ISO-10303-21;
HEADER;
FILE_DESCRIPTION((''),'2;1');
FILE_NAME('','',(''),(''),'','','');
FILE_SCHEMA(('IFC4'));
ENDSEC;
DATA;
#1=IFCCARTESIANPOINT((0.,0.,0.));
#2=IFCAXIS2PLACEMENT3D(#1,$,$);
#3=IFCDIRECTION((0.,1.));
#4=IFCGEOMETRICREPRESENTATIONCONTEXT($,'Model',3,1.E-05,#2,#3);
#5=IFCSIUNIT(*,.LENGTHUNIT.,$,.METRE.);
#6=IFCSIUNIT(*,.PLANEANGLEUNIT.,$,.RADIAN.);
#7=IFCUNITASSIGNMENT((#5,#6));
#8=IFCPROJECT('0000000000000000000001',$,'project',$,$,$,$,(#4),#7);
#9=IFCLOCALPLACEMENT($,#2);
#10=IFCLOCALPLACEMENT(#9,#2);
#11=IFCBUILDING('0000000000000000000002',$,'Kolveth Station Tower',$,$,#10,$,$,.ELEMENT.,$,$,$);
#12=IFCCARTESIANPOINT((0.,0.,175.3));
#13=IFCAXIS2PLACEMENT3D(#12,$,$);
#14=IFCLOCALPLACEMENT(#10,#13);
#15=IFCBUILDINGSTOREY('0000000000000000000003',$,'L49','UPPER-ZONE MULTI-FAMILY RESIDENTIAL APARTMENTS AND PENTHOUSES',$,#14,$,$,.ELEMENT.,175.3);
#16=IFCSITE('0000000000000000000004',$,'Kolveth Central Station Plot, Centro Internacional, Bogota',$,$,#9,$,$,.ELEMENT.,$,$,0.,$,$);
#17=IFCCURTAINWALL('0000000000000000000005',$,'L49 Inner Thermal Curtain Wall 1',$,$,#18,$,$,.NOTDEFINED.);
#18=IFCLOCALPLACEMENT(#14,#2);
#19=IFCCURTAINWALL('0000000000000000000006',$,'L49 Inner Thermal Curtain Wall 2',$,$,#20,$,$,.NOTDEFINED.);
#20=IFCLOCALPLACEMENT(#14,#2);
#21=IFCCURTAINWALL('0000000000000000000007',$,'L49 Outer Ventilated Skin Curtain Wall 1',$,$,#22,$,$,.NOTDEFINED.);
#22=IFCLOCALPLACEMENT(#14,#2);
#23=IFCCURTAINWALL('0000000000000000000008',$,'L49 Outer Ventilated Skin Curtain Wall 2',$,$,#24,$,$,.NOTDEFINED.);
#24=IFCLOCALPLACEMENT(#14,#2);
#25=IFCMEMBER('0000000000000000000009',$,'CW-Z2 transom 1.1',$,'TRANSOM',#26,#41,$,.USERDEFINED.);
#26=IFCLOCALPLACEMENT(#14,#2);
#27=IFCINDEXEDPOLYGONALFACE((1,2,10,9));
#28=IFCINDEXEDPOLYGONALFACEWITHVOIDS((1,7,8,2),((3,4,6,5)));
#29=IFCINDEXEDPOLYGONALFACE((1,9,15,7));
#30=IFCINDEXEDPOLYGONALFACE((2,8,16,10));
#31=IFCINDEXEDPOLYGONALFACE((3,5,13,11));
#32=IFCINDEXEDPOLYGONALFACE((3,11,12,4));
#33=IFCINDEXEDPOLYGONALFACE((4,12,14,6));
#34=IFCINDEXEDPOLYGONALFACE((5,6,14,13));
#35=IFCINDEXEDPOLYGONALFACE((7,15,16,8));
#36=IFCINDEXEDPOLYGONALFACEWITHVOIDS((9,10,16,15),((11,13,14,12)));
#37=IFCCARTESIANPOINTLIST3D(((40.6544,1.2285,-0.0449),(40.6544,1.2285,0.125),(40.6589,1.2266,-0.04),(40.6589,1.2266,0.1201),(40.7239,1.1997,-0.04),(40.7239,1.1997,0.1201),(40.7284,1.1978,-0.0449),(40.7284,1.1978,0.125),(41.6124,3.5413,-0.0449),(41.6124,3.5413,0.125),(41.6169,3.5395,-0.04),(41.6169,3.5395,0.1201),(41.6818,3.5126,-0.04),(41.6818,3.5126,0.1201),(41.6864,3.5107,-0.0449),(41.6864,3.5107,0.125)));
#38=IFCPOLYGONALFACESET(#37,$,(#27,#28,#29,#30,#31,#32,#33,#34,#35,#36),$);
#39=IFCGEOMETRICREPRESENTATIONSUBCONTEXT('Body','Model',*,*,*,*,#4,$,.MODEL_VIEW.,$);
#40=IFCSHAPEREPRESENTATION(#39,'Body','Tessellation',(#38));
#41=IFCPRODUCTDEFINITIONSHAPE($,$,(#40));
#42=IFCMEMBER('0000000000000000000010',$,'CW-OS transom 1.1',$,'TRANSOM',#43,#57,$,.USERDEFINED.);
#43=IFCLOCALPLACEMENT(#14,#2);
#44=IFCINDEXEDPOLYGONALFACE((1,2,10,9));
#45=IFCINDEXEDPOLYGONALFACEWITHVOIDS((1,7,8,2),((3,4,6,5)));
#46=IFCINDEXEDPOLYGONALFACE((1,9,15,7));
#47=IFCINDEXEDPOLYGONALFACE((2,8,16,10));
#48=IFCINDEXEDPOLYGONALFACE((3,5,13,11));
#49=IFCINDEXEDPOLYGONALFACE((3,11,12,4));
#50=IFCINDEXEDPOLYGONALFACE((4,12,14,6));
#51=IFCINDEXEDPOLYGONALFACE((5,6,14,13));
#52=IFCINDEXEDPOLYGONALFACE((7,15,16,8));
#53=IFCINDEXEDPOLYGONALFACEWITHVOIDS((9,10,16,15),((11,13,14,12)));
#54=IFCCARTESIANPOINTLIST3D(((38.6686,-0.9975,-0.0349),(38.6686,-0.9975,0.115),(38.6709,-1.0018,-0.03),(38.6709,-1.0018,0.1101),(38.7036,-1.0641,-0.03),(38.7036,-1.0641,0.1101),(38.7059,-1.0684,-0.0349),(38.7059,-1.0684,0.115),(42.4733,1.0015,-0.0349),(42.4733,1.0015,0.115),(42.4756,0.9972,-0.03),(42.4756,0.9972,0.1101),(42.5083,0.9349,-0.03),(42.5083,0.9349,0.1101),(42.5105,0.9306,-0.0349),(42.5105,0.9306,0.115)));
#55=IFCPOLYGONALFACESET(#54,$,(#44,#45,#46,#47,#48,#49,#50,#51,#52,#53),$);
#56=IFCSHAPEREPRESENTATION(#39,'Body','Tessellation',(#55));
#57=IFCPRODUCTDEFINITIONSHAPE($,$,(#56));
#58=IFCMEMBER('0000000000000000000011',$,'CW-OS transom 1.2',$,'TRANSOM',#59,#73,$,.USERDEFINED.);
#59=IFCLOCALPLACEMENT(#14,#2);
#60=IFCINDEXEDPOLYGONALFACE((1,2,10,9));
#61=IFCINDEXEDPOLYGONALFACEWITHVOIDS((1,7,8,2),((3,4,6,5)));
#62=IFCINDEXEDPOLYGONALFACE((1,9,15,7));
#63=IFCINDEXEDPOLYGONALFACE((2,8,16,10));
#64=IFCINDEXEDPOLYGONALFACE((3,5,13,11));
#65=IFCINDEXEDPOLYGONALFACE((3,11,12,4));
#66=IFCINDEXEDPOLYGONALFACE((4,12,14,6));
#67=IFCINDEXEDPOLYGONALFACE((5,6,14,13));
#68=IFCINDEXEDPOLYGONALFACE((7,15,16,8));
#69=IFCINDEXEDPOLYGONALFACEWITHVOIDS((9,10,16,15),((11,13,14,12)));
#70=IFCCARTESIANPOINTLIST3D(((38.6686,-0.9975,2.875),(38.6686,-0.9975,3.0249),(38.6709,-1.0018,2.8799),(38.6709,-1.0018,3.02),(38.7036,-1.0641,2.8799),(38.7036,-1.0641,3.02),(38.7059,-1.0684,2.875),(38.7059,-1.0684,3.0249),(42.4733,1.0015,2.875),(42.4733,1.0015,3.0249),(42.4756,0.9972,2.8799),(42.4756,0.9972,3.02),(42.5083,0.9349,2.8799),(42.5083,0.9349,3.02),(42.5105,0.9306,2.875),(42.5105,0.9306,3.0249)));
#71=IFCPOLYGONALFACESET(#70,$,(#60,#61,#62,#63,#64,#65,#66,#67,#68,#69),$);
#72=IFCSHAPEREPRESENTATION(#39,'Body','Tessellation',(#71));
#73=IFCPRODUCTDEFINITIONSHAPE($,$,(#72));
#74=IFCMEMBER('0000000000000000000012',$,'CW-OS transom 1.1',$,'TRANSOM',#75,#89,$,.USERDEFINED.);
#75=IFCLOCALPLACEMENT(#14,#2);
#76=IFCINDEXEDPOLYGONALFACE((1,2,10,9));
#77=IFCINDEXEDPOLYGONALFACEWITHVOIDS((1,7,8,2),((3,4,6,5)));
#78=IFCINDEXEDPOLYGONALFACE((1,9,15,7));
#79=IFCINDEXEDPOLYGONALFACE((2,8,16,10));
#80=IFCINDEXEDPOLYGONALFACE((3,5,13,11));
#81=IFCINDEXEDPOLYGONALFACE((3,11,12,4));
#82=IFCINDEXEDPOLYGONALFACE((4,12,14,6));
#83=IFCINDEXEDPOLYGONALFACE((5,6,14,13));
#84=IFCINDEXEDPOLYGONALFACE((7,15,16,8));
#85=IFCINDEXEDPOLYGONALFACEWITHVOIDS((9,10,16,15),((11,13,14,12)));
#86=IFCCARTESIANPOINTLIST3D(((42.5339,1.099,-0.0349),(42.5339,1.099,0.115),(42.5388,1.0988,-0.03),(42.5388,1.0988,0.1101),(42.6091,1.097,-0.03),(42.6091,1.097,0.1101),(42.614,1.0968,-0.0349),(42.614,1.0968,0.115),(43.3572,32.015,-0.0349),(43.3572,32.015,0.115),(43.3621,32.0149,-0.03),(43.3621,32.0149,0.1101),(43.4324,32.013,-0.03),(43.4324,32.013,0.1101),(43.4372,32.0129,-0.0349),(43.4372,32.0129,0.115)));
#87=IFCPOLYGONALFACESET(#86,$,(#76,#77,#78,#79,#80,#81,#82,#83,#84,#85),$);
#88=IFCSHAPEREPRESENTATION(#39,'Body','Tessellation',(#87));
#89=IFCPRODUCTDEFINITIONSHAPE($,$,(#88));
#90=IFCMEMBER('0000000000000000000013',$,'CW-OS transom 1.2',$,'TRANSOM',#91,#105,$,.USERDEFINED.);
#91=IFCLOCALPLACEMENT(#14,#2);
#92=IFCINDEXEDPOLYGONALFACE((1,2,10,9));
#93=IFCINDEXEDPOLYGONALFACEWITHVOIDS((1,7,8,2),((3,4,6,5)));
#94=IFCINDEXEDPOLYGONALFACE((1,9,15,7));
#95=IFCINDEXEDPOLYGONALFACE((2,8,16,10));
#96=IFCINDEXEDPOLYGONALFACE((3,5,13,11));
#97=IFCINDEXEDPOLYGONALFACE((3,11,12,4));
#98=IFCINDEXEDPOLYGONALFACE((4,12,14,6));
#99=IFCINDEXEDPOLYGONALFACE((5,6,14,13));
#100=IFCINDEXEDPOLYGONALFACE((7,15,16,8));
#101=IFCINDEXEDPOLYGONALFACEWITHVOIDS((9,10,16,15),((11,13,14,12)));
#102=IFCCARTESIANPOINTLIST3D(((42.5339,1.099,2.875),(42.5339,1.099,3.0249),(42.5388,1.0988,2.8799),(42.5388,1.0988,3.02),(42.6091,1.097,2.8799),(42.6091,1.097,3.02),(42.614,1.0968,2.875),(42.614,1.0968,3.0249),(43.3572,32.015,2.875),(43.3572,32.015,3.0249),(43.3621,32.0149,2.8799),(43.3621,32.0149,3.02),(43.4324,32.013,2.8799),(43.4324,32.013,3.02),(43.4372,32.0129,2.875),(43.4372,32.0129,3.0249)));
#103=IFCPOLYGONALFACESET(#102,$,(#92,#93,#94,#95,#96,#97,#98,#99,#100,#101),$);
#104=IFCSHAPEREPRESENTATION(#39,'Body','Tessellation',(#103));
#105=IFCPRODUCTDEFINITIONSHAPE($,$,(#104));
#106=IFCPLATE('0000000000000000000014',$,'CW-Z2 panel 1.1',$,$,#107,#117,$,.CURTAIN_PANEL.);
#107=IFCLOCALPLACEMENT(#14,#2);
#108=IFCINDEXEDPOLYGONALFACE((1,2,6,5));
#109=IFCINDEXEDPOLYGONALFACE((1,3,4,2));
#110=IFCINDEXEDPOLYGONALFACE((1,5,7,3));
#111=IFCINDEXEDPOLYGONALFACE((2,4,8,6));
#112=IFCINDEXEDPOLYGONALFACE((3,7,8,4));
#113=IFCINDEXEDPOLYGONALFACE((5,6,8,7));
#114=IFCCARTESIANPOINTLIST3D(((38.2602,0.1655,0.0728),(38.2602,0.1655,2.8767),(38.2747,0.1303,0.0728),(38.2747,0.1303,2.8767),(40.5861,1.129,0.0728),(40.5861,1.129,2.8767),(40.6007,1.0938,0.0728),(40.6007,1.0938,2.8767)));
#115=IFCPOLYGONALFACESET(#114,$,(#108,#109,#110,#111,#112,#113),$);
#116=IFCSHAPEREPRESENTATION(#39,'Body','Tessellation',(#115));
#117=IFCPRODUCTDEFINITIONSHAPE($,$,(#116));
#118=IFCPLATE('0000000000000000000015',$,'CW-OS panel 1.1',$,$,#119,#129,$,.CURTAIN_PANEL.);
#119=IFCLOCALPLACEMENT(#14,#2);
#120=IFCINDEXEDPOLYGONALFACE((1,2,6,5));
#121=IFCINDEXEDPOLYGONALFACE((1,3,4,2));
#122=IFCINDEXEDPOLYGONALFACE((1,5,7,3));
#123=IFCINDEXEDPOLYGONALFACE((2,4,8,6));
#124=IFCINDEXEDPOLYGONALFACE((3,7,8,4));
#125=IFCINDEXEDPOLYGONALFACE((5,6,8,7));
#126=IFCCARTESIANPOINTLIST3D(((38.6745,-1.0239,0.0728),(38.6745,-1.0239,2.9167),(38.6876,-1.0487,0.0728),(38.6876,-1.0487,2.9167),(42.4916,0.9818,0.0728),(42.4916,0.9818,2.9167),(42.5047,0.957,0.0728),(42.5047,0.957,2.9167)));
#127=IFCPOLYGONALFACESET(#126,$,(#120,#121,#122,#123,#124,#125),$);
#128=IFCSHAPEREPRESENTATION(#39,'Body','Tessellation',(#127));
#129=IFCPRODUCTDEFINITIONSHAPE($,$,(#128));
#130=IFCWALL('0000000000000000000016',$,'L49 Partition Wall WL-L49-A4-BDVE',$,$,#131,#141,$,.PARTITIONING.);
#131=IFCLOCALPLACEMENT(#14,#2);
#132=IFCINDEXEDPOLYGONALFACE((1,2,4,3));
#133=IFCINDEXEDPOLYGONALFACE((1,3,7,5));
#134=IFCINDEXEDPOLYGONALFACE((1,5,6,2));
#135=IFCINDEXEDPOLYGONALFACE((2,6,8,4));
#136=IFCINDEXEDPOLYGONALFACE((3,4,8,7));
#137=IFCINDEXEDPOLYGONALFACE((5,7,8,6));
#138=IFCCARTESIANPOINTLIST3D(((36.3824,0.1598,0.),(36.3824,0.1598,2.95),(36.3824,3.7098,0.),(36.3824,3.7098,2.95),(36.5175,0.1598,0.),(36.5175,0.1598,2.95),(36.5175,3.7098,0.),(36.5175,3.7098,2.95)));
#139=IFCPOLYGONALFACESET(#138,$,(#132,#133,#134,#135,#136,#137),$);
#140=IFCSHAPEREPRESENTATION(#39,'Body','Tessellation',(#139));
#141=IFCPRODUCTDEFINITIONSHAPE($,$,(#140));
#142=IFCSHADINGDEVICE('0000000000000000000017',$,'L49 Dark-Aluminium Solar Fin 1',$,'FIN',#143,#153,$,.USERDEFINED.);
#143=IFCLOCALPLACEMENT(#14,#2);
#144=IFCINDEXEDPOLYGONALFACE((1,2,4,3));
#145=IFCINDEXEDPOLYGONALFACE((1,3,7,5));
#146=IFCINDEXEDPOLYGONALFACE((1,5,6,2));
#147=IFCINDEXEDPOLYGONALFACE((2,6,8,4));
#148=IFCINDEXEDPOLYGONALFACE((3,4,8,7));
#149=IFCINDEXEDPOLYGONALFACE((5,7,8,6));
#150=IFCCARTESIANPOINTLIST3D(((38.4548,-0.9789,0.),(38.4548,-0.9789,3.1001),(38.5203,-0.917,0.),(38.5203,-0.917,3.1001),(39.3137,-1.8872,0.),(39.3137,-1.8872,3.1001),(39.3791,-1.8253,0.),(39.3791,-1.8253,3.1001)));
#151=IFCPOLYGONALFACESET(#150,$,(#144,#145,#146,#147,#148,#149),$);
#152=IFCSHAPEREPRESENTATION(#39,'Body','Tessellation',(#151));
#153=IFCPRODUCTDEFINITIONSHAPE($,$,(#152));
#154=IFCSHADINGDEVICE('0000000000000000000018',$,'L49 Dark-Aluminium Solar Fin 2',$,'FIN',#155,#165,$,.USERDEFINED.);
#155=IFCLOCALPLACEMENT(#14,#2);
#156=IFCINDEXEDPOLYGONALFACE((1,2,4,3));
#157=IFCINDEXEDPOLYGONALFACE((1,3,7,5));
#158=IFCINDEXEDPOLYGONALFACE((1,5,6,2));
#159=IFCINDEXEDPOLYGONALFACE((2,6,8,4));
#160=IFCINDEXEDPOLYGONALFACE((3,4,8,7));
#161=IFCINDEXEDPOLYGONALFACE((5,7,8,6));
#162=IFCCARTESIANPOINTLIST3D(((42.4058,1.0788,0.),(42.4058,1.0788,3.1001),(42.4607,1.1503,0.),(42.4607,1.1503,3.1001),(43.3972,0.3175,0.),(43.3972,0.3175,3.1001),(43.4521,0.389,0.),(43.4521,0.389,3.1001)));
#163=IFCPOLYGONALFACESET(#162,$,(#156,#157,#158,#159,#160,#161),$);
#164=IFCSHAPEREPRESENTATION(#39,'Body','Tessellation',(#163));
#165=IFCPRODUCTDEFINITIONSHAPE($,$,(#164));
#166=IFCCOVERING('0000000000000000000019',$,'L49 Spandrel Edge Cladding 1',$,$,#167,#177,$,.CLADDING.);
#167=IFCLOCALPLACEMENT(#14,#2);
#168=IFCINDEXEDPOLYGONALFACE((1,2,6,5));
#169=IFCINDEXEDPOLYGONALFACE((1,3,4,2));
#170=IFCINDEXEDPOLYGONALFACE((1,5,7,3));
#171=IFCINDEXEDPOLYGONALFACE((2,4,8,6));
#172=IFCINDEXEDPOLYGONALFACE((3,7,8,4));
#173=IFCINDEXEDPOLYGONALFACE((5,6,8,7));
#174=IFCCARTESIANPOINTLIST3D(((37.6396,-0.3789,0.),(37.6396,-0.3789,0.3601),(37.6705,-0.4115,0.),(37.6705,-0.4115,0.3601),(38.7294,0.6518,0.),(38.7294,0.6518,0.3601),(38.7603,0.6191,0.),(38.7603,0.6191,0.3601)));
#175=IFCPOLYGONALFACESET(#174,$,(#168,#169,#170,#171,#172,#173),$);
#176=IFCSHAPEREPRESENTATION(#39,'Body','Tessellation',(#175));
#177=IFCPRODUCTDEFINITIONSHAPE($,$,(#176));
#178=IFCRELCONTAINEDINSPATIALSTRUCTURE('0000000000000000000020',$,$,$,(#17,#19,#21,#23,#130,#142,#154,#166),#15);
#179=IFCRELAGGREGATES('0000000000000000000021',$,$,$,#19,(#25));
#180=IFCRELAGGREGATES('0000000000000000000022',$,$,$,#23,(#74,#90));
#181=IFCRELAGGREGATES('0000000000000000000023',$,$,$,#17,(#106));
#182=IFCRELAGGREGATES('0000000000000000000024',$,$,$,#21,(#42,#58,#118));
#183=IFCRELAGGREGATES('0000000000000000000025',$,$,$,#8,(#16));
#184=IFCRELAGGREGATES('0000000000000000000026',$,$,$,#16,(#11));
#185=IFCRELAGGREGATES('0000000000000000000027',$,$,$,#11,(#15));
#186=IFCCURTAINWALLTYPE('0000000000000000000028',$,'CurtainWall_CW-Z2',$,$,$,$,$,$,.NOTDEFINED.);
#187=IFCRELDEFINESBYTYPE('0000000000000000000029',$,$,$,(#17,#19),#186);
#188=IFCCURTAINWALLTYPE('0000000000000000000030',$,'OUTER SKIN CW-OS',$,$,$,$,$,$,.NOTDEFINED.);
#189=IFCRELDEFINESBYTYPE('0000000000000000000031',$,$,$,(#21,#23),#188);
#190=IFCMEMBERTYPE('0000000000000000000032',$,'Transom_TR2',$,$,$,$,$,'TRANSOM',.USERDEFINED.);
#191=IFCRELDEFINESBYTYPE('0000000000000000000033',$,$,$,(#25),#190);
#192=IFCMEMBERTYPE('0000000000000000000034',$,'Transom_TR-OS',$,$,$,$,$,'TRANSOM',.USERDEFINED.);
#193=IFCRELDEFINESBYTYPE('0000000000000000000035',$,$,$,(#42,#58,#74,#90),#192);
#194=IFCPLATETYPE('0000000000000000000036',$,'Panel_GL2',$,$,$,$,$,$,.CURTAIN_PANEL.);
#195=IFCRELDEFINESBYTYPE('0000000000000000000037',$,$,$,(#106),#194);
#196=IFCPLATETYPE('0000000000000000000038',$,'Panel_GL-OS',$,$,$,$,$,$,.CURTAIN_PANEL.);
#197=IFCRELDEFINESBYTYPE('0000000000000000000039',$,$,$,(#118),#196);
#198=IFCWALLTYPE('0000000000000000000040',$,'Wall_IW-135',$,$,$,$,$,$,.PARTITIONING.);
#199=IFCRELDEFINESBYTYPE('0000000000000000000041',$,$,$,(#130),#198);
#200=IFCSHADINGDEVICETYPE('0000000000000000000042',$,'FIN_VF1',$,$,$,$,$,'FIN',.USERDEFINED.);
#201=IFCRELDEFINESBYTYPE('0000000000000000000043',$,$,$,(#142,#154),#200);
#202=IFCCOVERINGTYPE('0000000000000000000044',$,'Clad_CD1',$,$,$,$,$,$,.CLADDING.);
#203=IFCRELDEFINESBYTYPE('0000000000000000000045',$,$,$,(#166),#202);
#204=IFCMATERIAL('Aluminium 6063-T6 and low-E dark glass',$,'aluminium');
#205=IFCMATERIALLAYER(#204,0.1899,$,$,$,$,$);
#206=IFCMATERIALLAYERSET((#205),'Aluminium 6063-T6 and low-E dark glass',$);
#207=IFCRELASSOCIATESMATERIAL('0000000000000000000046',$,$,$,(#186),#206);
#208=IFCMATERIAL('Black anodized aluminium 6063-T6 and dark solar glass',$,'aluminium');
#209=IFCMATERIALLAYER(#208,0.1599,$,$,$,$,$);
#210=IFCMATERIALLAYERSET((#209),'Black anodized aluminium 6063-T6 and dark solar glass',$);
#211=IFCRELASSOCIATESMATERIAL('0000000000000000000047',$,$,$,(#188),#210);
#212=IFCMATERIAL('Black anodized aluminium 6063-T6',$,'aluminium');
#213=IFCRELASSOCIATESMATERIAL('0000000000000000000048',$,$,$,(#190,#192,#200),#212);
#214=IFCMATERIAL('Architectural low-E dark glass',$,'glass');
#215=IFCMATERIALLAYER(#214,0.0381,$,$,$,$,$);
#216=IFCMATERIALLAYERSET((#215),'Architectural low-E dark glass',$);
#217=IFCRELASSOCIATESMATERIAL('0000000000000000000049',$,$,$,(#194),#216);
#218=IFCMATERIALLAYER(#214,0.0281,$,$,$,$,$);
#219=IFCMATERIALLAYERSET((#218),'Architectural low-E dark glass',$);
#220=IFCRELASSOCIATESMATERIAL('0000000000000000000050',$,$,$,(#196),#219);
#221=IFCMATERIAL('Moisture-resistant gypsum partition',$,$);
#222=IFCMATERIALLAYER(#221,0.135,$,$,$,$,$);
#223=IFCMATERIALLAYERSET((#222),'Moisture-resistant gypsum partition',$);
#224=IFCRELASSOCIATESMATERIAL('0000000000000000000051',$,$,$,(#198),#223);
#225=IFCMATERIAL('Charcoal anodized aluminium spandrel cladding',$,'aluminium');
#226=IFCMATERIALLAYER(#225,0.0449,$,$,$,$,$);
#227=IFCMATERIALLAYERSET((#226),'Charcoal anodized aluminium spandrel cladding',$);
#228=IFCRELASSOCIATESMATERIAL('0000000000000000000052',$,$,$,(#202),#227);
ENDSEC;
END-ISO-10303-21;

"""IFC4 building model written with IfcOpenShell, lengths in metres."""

from ifc_helpers import new_model, si_unit, direction, frame, frame_2d, origin, origin_2d, place, context, subcontext, project, spatial, rectangle, hollow_rectangle, extrude, source, transform, mapped, material, layer, layer_set, material_profile, profile_set, type_object, element, aggregate, save


model = new_model("IFC4")

# Units and contexts
model_context = context("Model", 3, precision=1e-05, world=origin(), true_north=direction((0.0, 1.0)))
body_context = subcontext(model_context, "Body", "Model", "MODEL_VIEW")
ifc_project = project(units=[si_unit("LENGTHUNIT", "METRE"), si_unit("PLANEANGLEUNIT", "RADIAN")], contexts=[model_context])

# Site, building, storey
site_placement = place(None, origin())
site = spatial("IfcSite", under=ifc_project, at=site_placement, Name="Kolveth Central Station Plot, Centro Internacional, Bogota", CompositionType="ELEMENT", RefElevation=0.0)
building_placement = place(site_placement, origin())
building = spatial("IfcBuilding", under=site, at=building_placement, Name="Kolveth Station Tower", CompositionType="ELEMENT")
storey_placement = place(building_placement, frame((0.0, 0.0, 175.3)))
storey = spatial("IfcBuildingStorey", under=building, at=storey_placement, Name="L49", Description="UPPER-ZONE MULTI-FAMILY RESIDENTIAL APARTMENTS AND PENTHOUSES", CompositionType="ELEMENT", Elevation=175.3)

# Curtain wall
ifc_material_1 = material(Name="Aluminium 6063-T6 and low-E dark glass", Category="aluminium")
ifc_layer_1 = layer(ifc_material_1, 0.1899)
ifc_layer_set_1 = layer_set([ifc_layer_1], Name="Aluminium 6063-T6 and low-E dark glass")
curtain_wall_type_1 = type_object("IfcCurtainWallType", Name="CurtainWall_CW-Z2", PredefinedType="NOTDEFINED", material=ifc_layer_set_1)
curtain_wall_1_placement = place(storey_placement, origin())
curtain_wall_1 = element("IfcCurtainWall", 1, at=curtain_wall_1_placement, inside=storey, type_object=curtain_wall_type_1, Name="L49 Inner Thermal Curtain Wall 1", PredefinedType="NOTDEFINED")
ifc_material_2 = material(Name="Black anodized aluminium 6063-T6", Category="aluminium")

# Curtain wall
curtain_wall_2_placement = place(storey_placement, origin())
curtain_wall_2 = element("IfcCurtainWall", 2, at=curtain_wall_2_placement, inside=storey, type_object=curtain_wall_type_1, Name="L49 Inner Thermal Curtain Wall 2", PredefinedType="NOTDEFINED")

# Curtain wall
ifc_material_3 = material(Name="Black anodized aluminium 6063-T6 and dark solar glass", Category="aluminium")
ifc_layer_2 = layer(ifc_material_3, 0.1599)
ifc_layer_set_2 = layer_set([ifc_layer_2], Name="Black anodized aluminium 6063-T6 and dark solar glass")
curtain_wall_type_2 = type_object("IfcCurtainWallType", Name="OUTER SKIN CW-OS", PredefinedType="NOTDEFINED", material=ifc_layer_set_2)
curtain_wall_3_placement = place(storey_placement, origin())
curtain_wall_3 = element("IfcCurtainWall", 3, at=curtain_wall_3_placement, inside=storey, type_object=curtain_wall_type_2, Name="L49 Outer Ventilated Skin Curtain Wall 1", PredefinedType="NOTDEFINED")

# Curtain wall
curtain_wall_4_placement = place(storey_placement, origin())
curtain_wall_4 = element("IfcCurtainWall", 4, at=curtain_wall_4_placement, inside=storey, type_object=curtain_wall_type_2, Name="L49 Outer Ventilated Skin Curtain Wall 2", PredefinedType="NOTDEFINED")

# Members
ifc_material_profile_1 = material_profile(ifc_material_2, hollow_rectangle(XDim=0.0801, YDim=0.1699, WallThickness=0.0049, at=origin_2d()), Name="ALU-80x170x5")
ifc_profile_set_1 = profile_set([ifc_material_profile_1], Name="Black anodized aluminium 6063-T6")
member_type_1 = type_object("IfcMemberType", Name="Transom_TR2", ElementType="TRANSOM", PredefinedType="USERDEFINED", material=ifc_profile_set_1)
shared_shape_1 = source(origin(), body_context, "Body", "SweptSolid", [
    extrude(hollow_rectangle(XDim=0.0801, YDim=0.1699, WallThickness=0.0049, at=origin_2d()), origin(), (0.0, 0.0, 1.0), 2.5034),
])
member_1_placement = place(storey_placement, frame((40.6914, 1.2131, 0.04), z_axis=(0.382662, 0.923888, 0.0), x_axis=(-0.923888, 0.382662, 0.0)))
member_1 = element("IfcMember", 5, at=member_1_placement, type_object=member_type_1, Name="CW-Z2 transom 1.1", ObjectType="TRANSOM", PredefinedType="USERDEFINED", context=body_context, shape_type="MappedRepresentation", body=[
    mapped(shared_shape_1, transform((0.0, 0.0, 0.0), x_axis=(1.0, 0.0, 0.0), y_axis=(0.0, 1.0, 0.0), z_axis=(0.0, 0.0, 1.0), scale=1.0)),
])
aggregate(curtain_wall_2, [member_1])
ifc_material_profile_2 = material_profile(ifc_material_2, hollow_rectangle(XDim=0.0801, YDim=0.1499, WallThickness=0.0049, at=origin_2d()), Name="ALU-80x150x5")
ifc_profile_set_2 = profile_set([ifc_material_profile_2], Name="Black anodized aluminium 6063-T6")
member_type_2 = type_object("IfcMemberType", Name="Transom_TR-OS", ElementType="TRANSOM", PredefinedType="USERDEFINED", material=ifc_profile_set_2)
shared_shape_2 = source(origin(), body_context, "Body", "SweptSolid", [
    extrude(hollow_rectangle(XDim=0.0801, YDim=0.1499, WallThickness=0.0049, at=origin_2d()), origin(), (0.0, 0.0, 1.0), 4.2979),
])
member_2_placement = place(storey_placement, frame((38.6873, -1.033, 0.04), z_axis=(0.885248, 0.465119, 0.0), x_axis=(-0.465119, 0.885248, 0.0)))
member_2 = element("IfcMember", 6, at=member_2_placement, type_object=member_type_2, Name="CW-OS transom 1.1", ObjectType="TRANSOM", PredefinedType="USERDEFINED", context=body_context, shape_type="MappedRepresentation", body=[
    mapped(shared_shape_2, transform((0.0, 0.0, 0.0), x_axis=(1.0, 0.0, 0.0), y_axis=(0.0, 1.0, 0.0), z_axis=(0.0, 0.0, 1.0), scale=1.0)),
])
member_3_placement = place(storey_placement, frame((38.6873, -1.033, 2.95), z_axis=(0.885248, 0.465119, 0.0), x_axis=(-0.465119, 0.885248, 0.0)))
member_3 = element("IfcMember", 7, at=member_3_placement, type_object=member_type_2, Name="CW-OS transom 1.2", ObjectType="TRANSOM", PredefinedType="USERDEFINED", context=body_context, shape_type="MappedRepresentation", body=[
    mapped(shared_shape_2, transform((0.0, 0.0, 0.0), x_axis=(1.0, 0.0, 0.0), y_axis=(0.0, 1.0, 0.0), z_axis=(0.0, 0.0, 1.0), scale=1.0)),
])
shared_shape_3 = source(origin(), body_context, "Body", "SweptSolid", [
    extrude(hollow_rectangle(XDim=0.0801, YDim=0.1499, WallThickness=0.0049, at=origin_2d()), origin(), (0.0, 0.0, 1.0), 30.927),
])
member_4_placement = place(storey_placement, frame((42.574, 1.0979, 0.04), z_axis=(0.026619, 0.999646, 0.0), x_axis=(-0.999646, 0.026619, 0.0)))
member_4 = element("IfcMember", 8, at=member_4_placement, type_object=member_type_2, Name="CW-OS transom 1.1", ObjectType="TRANSOM", PredefinedType="USERDEFINED", context=body_context, shape_type="MappedRepresentation", body=[
    mapped(shared_shape_3, transform((0.0, 0.0, 0.0), x_axis=(1.0, 0.0, 0.0), y_axis=(0.0, 1.0, 0.0), z_axis=(0.0, 0.0, 1.0), scale=1.0)),
])
member_5_placement = place(storey_placement, frame((42.574, 1.0979, 2.95), z_axis=(0.026619, 0.999646, 0.0), x_axis=(-0.999646, 0.026619, 0.0)))
member_5 = element("IfcMember", 9, at=member_5_placement, type_object=member_type_2, Name="CW-OS transom 1.2", ObjectType="TRANSOM", PredefinedType="USERDEFINED", context=body_context, shape_type="MappedRepresentation", body=[
    mapped(shared_shape_3, transform((0.0, 0.0, 0.0), x_axis=(1.0, 0.0, 0.0), y_axis=(0.0, 1.0, 0.0), z_axis=(0.0, 0.0, 1.0), scale=1.0)),
])
aggregate(curtain_wall_4, [member_4, member_5])

# Plates
ifc_material_4 = material(Name="Architectural low-E dark glass", Category="glass")
ifc_layer_3 = layer(ifc_material_4, 0.0381)
ifc_layer_set_3 = layer_set([ifc_layer_3], Name="Architectural low-E dark glass")
plate_type_1 = type_object("IfcPlateType", Name="Panel_GL2", PredefinedType="CURTAIN_PANEL", material=ifc_layer_set_3)
shared_shape_4 = source(origin(), body_context, "Body", "SweptSolid", [
    extrude(rectangle(XDim=2.5176, YDim=0.0381, at=origin_2d()), origin(), (0.0, 0.0, 1.0), 2.804),
])
plate_1_placement = place(storey_placement, frame((39.4304, 0.6296, 0.0728), z_axis=(0.0, 0.0, 1.0), x_axis=(0.923874, 0.382698, 0.0)))
plate_1 = element("IfcPlate", 10, at=plate_1_placement, type_object=plate_type_1, Name="CW-Z2 panel 1.1", PredefinedType="CURTAIN_PANEL", context=body_context, shape_type="MappedRepresentation", body=[
    mapped(shared_shape_4, transform((0.0, 0.0, 0.0), x_axis=(1.0, 0.0, 0.0), y_axis=(0.0, 1.0, 0.0), z_axis=(0.0, 0.0, 1.0), scale=1.0)),
])
aggregate(curtain_wall_1, [plate_1])
ifc_layer_4 = layer(ifc_material_4, 0.0281)
ifc_layer_set_4 = layer_set([ifc_layer_4], Name="Architectural low-E dark glass")
plate_type_2 = type_object("IfcPlateType", Name="Panel_GL-OS", PredefinedType="CURTAIN_PANEL", material=ifc_layer_set_4)
shared_shape_5 = source(origin(), body_context, "Body", "SweptSolid", [
    extrude(rectangle(XDim=4.312, YDim=0.0281, at=origin_2d()), origin(), (0.0, 0.0, 1.0), 2.844),
])
plate_2_placement = place(storey_placement, frame((40.5896, -0.0334, 0.0728), z_axis=(0.0, 0.0, 1.0), x_axis=(0.885232, 0.465149, 0.0)))
plate_2 = element("IfcPlate", 11, at=plate_2_placement, type_object=plate_type_2, Name="CW-OS panel 1.1", PredefinedType="CURTAIN_PANEL", context=body_context, shape_type="MappedRepresentation", body=[
    mapped(shared_shape_5, transform((0.0, 0.0, 0.0), x_axis=(1.0, 0.0, 0.0), y_axis=(0.0, 1.0, 0.0), z_axis=(0.0, 0.0, 1.0), scale=1.0)),
])
aggregate(curtain_wall_3, [member_2, member_3, plate_2])

# Wall
ifc_material_5 = material(Name="Moisture-resistant gypsum partition")
ifc_layer_5 = layer(ifc_material_5, 0.135)
ifc_layer_set_5 = layer_set([ifc_layer_5], Name="Moisture-resistant gypsum partition")
wall_type = type_object("IfcWallType", Name="Wall_IW-135", PredefinedType="PARTITIONING", material=ifc_layer_set_5)
wall_placement = place(storey_placement, frame((36.45, 0.1599, 0.0), z_axis=(0.0, 0.0, 1.0), x_axis=(0.0, 1.0, 0.0)))
element("IfcWall", 12, at=wall_placement, inside=storey, type_object=wall_type, Name="L49 Partition Wall WL-L49-A4-BDVE", PredefinedType="PARTITIONING", context=body_context, shape_type="SweptSolid", body=[
    extrude(rectangle(XDim=3.55, YDim=0.135, at=frame_2d((1.7749, 0.0))), origin(), (0.0, 0.0, 1.0), 2.95),
])

# Shading devices
shading_device_type = type_object("IfcShadingDeviceType", Name="FIN_VF1", ElementType="FIN", PredefinedType="USERDEFINED", material=ifc_material_2)
shared_shape_6 = source(origin(), body_context, "Body", "SweptSolid", [
    extrude(rectangle(XDim=1.25, YDim=0.0901, at=origin_2d()), origin(), (0.0, 0.0, 1.0), 3.1001),
])
for number, where, z_axis, x_axis, name in (
    (13, (38.917, -1.4021, 0.0), (0.0, 0.0, 1.0), (0.687088, -0.726575, 0.0), "L49 Dark-Aluminium Solar Fin 1"),
    (14, (42.929, 0.7339, 0.0), (0.0, 0.0, 1.0), (0.793141, -0.609038, 0.0), "L49 Dark-Aluminium Solar Fin 2"),
):
    element("IfcShadingDevice", number, at=place(storey_placement, frame(where, z_axis=z_axis, x_axis=x_axis)), inside=storey, type_object=shading_device_type, Name=name, ObjectType="FIN", PredefinedType="USERDEFINED", context=body_context, shape_type="MappedRepresentation", body=[
        mapped(shared_shape_6, transform((0.0, 0.0, 0.0), x_axis=(1.0, 0.0, 0.0), y_axis=(0.0, 1.0, 0.0), z_axis=(0.0, 0.0, 1.0), scale=1.0)),
    ])

# Covering
ifc_material_6 = material(Name="Charcoal anodized aluminium spandrel cladding", Category="aluminium")
ifc_layer_6 = layer(ifc_material_6, 0.0449)
ifc_layer_set_6 = layer_set([ifc_layer_6], Name="Charcoal anodized aluminium spandrel cladding")
covering_type = type_object("IfcCoveringType", Name="Clad_CD1", PredefinedType="CLADDING", material=ifc_layer_set_6)
shared_shape_7 = source(origin(), body_context, "Body", "SweptSolid", [
    extrude(rectangle(XDim=1.5, YDim=0.0449, at=origin_2d()), origin(), (0.0, 0.0, 1.0), 0.3601),
])
covering_placement = place(storey_placement, frame((38.2, 0.1201, 0.0), z_axis=(0.0, 0.0, 1.0), x_axis=(0.726575, 0.687088, 0.0)))
element("IfcCovering", 15, at=covering_placement, inside=storey, type_object=covering_type, Name="L49 Spandrel Edge Cladding 1", PredefinedType="CLADDING", context=body_context, shape_type="MappedRepresentation", body=[
    mapped(shared_shape_7, transform((0.0, 0.0, 0.0), x_axis=(1.0, 0.0, 0.0), y_axis=(0.0, 1.0, 0.0), z_axis=(0.0, 0.0, 1.0), scale=1.0)),
])

save(model, "model.ifc")
